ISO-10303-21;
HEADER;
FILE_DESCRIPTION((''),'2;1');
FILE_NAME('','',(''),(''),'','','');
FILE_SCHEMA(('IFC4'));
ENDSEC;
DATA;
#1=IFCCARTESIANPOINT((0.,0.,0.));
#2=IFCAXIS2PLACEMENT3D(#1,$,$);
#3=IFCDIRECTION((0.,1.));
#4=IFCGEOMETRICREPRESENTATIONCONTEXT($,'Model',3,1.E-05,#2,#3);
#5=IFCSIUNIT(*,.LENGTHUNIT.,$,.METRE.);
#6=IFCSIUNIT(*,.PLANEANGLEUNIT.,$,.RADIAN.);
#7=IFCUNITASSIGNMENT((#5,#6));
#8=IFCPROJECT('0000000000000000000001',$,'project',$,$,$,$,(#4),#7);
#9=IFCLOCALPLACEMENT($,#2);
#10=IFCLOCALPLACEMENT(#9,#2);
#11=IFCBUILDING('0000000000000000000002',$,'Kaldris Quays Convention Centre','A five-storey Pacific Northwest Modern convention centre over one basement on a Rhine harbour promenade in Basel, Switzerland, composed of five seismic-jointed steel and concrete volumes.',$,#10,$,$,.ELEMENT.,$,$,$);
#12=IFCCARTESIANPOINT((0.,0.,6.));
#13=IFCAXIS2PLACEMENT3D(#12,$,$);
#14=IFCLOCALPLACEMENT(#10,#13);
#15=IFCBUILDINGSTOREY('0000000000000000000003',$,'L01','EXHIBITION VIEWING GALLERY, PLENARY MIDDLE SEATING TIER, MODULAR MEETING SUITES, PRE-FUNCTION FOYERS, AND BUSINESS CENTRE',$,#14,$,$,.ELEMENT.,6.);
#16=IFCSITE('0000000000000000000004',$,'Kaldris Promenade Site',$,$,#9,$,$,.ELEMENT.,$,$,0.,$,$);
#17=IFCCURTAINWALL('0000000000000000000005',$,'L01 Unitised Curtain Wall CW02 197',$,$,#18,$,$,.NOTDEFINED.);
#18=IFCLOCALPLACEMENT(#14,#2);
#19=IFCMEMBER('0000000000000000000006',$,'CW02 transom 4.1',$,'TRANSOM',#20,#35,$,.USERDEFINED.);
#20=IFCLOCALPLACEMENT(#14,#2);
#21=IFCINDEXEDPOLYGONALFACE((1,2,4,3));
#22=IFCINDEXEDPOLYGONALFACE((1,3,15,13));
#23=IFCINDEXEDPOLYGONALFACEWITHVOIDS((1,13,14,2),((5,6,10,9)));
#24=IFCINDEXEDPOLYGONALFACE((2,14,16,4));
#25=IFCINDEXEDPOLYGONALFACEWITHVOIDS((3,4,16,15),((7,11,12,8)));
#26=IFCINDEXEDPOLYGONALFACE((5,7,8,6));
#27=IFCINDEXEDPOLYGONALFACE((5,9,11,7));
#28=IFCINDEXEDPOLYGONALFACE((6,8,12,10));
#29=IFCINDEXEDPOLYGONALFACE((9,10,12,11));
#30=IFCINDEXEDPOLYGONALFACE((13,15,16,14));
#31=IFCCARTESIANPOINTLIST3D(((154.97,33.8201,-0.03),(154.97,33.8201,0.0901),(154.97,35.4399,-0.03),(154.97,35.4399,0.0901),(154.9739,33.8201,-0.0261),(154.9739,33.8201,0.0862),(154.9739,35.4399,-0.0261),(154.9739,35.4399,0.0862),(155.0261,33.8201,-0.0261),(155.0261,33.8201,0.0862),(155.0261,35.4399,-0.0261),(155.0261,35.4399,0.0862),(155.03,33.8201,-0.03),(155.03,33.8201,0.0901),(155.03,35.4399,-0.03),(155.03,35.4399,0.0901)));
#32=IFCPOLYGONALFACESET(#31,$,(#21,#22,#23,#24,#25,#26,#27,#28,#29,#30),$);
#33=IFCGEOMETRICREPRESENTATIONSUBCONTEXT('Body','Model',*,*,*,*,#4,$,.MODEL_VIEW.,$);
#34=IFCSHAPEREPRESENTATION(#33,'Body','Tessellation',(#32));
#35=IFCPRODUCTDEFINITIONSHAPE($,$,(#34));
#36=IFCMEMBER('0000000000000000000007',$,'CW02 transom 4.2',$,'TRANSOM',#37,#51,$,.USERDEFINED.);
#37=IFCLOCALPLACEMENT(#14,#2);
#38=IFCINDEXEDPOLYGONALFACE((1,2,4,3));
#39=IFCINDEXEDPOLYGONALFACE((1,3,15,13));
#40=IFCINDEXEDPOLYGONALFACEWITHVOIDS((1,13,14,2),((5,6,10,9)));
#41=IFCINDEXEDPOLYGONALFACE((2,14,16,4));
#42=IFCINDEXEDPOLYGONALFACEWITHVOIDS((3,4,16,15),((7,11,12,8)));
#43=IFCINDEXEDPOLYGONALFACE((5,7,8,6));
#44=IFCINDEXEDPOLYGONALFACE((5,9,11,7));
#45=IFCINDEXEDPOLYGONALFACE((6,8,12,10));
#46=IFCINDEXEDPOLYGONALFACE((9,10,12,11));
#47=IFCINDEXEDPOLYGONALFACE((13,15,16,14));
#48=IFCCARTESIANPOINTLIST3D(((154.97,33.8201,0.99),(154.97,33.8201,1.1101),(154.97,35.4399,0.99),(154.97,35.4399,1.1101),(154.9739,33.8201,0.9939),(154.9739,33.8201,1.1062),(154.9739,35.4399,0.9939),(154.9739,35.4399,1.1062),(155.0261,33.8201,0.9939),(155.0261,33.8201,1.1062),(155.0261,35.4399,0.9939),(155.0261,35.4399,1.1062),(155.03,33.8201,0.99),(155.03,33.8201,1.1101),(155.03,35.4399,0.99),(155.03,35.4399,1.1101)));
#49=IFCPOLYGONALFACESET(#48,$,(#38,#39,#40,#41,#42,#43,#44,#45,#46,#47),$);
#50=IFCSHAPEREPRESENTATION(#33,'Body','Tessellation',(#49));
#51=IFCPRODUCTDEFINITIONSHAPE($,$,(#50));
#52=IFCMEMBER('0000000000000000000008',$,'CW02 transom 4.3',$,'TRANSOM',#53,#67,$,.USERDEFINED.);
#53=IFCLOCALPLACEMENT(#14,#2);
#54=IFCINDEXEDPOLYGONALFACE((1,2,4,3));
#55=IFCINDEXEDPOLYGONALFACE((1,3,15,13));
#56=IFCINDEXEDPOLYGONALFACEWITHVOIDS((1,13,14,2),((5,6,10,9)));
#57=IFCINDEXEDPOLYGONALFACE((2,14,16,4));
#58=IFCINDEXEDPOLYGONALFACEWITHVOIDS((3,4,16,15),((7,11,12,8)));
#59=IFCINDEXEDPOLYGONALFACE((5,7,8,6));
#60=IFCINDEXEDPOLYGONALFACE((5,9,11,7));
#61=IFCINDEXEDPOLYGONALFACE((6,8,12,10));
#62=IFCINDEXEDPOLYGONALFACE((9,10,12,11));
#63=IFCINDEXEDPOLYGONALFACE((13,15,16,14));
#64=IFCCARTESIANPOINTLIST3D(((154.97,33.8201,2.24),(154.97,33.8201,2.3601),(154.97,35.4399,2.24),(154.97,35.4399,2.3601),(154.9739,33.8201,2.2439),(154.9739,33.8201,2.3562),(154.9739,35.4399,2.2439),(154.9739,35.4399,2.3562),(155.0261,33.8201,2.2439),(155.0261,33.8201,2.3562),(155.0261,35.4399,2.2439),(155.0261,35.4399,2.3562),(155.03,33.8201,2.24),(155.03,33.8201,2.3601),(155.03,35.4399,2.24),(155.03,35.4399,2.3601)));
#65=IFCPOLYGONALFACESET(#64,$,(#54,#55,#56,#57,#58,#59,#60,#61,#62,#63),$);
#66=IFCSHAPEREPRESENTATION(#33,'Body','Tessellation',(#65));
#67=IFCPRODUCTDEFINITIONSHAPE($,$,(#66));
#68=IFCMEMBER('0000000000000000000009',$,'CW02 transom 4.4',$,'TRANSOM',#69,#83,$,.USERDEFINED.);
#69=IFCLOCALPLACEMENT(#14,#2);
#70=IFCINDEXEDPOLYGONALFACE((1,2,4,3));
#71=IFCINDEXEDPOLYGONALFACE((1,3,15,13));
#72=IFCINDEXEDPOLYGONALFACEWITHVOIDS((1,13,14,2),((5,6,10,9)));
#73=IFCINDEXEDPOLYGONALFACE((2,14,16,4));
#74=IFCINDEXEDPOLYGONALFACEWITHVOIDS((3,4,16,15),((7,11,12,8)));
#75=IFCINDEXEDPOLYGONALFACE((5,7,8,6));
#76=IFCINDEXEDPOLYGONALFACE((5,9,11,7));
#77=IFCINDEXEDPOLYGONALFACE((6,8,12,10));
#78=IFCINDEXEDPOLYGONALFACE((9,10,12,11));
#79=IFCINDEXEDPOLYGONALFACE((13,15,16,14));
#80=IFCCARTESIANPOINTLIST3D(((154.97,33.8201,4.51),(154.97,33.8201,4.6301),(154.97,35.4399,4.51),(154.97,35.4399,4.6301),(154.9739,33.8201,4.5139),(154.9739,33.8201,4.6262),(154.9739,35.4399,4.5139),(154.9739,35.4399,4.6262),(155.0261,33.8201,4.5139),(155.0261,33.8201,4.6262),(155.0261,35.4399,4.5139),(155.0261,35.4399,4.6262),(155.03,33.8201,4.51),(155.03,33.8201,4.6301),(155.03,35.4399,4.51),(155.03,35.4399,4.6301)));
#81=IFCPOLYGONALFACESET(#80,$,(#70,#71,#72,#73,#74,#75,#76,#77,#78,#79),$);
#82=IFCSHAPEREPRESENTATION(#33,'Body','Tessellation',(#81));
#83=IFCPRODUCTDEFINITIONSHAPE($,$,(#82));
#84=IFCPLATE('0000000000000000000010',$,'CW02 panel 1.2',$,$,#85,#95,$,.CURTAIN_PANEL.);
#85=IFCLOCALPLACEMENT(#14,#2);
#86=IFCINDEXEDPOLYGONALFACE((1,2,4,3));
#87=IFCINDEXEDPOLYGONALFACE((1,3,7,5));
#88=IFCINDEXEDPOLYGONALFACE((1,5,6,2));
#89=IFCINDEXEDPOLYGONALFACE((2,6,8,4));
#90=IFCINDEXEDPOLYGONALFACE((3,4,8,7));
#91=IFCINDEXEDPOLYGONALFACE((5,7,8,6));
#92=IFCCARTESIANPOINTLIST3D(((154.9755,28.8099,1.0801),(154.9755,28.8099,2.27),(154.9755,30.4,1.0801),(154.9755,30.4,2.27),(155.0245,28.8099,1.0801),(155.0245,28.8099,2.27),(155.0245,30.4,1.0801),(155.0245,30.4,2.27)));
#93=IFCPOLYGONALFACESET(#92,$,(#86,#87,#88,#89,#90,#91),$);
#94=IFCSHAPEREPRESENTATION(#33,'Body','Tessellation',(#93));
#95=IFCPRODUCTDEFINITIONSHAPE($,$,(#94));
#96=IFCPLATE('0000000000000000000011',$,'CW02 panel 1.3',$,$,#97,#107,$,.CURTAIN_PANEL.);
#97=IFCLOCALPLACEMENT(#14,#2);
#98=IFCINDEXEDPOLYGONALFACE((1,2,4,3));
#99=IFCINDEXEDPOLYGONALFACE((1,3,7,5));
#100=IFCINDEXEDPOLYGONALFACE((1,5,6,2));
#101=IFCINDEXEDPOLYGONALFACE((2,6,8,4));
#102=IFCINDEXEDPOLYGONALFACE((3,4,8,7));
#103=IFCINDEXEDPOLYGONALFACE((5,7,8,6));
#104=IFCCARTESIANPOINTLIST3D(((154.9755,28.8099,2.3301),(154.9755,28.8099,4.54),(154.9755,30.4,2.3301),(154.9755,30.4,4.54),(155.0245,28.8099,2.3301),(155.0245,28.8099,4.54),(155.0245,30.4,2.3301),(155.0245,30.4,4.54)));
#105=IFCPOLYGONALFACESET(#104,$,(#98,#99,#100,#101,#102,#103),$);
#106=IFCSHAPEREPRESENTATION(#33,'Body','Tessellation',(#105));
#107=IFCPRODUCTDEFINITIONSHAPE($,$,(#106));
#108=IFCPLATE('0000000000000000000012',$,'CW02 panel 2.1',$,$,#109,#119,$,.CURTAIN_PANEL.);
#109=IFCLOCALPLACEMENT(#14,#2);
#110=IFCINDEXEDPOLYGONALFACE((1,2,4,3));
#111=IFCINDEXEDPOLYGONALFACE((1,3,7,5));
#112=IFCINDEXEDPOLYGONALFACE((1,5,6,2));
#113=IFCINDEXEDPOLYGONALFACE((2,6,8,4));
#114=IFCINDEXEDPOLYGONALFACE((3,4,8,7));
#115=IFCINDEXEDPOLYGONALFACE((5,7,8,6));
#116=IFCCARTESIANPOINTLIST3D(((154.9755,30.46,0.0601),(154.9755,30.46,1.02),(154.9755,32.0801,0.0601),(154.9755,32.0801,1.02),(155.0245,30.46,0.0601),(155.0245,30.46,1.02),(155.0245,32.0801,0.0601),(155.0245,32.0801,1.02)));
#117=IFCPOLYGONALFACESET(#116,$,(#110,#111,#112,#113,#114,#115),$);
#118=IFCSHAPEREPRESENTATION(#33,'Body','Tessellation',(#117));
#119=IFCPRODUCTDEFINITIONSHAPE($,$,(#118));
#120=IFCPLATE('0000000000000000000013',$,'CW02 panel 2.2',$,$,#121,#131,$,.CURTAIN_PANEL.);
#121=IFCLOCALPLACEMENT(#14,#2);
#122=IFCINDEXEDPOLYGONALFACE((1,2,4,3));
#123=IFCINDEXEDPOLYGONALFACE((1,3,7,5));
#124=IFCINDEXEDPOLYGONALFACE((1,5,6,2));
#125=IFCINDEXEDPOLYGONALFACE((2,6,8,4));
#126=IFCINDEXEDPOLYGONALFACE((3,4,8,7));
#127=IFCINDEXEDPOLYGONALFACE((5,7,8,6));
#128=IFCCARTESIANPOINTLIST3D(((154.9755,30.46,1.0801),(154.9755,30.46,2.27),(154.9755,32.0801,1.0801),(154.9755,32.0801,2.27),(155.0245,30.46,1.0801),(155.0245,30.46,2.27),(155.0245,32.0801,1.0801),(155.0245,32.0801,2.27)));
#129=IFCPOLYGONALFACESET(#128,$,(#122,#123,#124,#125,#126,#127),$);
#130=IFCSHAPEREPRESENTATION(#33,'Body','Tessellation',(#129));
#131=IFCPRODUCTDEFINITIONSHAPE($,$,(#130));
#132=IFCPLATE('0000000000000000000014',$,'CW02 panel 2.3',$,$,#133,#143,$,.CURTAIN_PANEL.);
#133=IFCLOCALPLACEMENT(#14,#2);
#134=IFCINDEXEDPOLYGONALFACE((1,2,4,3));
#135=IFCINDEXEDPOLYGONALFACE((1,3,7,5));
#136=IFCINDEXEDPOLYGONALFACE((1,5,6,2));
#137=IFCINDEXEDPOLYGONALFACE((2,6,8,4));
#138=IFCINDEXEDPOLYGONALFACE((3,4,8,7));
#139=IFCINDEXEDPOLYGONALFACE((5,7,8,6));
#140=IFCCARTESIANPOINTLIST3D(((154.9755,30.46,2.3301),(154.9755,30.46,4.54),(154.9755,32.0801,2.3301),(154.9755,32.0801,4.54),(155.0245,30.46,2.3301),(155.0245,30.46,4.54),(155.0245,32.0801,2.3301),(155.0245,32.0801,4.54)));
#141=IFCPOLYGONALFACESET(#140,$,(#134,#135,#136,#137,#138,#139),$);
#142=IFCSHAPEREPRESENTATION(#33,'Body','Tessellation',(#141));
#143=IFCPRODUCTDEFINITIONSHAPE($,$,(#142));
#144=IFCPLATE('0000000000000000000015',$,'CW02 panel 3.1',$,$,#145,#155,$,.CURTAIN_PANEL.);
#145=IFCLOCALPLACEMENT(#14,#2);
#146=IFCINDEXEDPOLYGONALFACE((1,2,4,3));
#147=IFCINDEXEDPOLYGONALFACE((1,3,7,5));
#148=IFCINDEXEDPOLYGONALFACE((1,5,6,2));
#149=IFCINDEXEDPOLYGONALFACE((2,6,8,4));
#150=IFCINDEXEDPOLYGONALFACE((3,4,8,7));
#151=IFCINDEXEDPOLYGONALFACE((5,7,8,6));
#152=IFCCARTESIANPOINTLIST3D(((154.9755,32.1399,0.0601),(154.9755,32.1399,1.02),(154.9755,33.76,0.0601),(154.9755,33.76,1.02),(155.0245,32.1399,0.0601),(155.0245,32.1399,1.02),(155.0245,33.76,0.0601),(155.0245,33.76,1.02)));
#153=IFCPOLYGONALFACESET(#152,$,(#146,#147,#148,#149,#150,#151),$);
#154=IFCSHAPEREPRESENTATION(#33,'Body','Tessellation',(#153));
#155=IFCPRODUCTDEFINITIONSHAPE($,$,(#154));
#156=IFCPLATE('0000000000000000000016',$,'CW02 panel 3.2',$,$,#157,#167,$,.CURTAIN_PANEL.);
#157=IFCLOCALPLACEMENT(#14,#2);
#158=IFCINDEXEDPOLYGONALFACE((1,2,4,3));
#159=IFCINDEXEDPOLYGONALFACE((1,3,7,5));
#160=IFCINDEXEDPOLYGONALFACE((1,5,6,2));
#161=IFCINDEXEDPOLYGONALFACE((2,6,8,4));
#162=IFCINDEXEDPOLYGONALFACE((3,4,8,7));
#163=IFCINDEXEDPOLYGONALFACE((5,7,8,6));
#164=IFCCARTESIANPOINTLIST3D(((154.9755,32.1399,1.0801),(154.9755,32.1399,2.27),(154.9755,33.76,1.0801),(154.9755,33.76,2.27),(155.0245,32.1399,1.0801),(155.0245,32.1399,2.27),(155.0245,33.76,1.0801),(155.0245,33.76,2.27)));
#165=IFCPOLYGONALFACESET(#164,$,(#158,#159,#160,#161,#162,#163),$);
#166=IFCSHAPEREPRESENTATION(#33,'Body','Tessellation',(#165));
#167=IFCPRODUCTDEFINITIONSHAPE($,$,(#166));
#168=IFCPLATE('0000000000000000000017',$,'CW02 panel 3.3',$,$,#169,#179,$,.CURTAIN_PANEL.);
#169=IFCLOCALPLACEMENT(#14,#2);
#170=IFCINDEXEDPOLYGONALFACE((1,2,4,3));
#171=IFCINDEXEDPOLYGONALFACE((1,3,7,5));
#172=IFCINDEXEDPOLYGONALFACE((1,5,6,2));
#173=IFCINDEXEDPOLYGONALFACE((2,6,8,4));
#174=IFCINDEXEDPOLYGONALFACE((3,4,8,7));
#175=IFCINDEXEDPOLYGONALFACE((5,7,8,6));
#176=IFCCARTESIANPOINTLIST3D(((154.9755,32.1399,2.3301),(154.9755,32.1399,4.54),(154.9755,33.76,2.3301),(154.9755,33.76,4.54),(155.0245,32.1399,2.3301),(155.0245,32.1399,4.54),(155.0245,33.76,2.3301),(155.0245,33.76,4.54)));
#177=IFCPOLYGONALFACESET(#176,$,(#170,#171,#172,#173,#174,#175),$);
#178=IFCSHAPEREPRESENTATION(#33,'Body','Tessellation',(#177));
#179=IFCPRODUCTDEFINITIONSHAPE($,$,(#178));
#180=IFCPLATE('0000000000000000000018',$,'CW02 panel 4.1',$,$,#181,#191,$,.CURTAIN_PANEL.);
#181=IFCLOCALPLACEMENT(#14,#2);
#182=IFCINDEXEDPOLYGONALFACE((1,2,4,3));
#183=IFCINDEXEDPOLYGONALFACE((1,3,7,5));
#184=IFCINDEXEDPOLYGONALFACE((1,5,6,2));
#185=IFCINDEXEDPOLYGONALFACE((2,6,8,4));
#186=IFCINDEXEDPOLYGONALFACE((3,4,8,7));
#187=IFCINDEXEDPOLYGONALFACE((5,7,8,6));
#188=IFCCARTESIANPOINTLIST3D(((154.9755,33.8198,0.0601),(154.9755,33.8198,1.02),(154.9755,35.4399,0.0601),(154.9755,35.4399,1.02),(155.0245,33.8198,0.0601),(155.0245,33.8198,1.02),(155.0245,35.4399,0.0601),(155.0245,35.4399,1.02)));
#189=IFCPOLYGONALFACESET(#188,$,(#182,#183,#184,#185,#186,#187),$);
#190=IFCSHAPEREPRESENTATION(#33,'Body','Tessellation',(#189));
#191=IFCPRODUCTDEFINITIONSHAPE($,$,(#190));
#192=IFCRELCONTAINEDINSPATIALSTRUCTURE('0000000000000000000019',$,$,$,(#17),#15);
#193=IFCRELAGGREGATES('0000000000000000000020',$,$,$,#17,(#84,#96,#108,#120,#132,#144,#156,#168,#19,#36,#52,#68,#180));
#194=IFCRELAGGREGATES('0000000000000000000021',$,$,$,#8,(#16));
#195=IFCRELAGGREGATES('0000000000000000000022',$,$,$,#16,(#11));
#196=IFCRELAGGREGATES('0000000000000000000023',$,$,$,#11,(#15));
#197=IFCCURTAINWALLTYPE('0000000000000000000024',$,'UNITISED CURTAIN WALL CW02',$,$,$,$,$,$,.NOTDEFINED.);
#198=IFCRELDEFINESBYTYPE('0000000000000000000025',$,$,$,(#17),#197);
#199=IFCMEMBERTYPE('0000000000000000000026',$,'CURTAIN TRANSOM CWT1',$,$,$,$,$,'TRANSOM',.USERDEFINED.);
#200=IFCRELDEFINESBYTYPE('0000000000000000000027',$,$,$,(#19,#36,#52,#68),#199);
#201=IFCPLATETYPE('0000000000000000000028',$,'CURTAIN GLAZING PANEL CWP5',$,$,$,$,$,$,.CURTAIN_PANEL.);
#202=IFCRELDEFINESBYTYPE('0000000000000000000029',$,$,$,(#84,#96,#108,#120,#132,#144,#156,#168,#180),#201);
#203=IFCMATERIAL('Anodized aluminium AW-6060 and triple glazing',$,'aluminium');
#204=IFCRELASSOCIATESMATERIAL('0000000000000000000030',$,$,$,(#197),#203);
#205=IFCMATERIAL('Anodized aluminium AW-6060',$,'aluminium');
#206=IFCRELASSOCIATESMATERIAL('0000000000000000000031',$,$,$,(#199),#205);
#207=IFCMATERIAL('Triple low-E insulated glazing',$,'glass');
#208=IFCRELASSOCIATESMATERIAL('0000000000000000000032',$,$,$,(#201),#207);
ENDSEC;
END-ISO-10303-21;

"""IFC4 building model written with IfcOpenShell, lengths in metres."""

from ifc_helpers import new_model, si_unit, direction, frame, origin, origin_2d, place, context, subcontext, project, spatial, rectangle, hollow_rectangle, extrude, material, material_profile, profile_set, type_object, element, aggregate, save


model = new_model("IFC4")

# Units and contexts
model_context = context("Model", 3, precision=1e-05, world=origin(), true_north=direction((0.0, 1.0)))
body_context = subcontext(model_context, "Body", "Model", "MODEL_VIEW")
ifc_project = project(units=[si_unit("LENGTHUNIT", "METRE"), si_unit("PLANEANGLEUNIT", "RADIAN")], contexts=[model_context])

# Site, building, storey
site_placement = place(None, origin())
site = spatial("IfcSite", under=ifc_project, at=site_placement, Name="Kaldris Promenade Site", CompositionType="ELEMENT", RefElevation=0.0)
building_placement = place(site_placement, origin())
building = spatial("IfcBuilding", under=site, at=building_placement, Name="Kaldris Quays Convention Centre", Description="A five-storey Pacific Northwest Modern convention centre over one basement on a Rhine harbour promenade in Basel, Switzerland, composed of five seismic-jointed steel and concrete volumes.", CompositionType="ELEMENT")
storey_placement = place(building_placement, frame((0.0, 0.0, 6.0)))
storey = spatial("IfcBuildingStorey", under=building, at=storey_placement, Name="L01", Description="EXHIBITION VIEWING GALLERY, PLENARY MIDDLE SEATING TIER, MODULAR MEETING SUITES, PRE-FUNCTION FOYERS, AND BUSINESS CENTRE", CompositionType="ELEMENT", Elevation=6.0)

# Curtain wall, members, plates
ifc_material_1 = material(Name="Anodized aluminium AW-6060 and triple glazing", Category="aluminium")
curtain_wall_type = type_object("IfcCurtainWallType", Name="UNITISED CURTAIN WALL CW02", PredefinedType="NOTDEFINED", material=ifc_material_1)
curtain_wall_placement = place(storey_placement, origin())
curtain_wall = element("IfcCurtainWall", 1, at=curtain_wall_placement, inside=storey, type_object=curtain_wall_type, Name="L01 Unitised Curtain Wall CW02 197", PredefinedType="NOTDEFINED")
ifc_material_2 = material(Name="Anodized aluminium AW-6060", Category="aluminium")
ifc_material_profile_1 = material_profile(ifc_material_2, hollow_rectangle(XDim=0.0601, YDim=0.1201, WallThickness=0.0039, at=origin_2d()), Name="RHS 120x60x4")
ifc_profile_set_1 = profile_set([ifc_material_profile_1], Name="Anodized aluminium AW-6060")
member_type_1 = type_object("IfcMemberType", Name="CURTAIN TRANSOM CWT1", ElementType="TRANSOM", PredefinedType="USERDEFINED", material=ifc_profile_set_1)
member_1_placement = place(storey_placement, frame((155.0, 33.8201, 0.03), z_axis=(0.0, 1.0, 0.0), x_axis=(-1.0, 0.0, 0.0)))
member_1 = element("IfcMember", 2, at=member_1_placement, type_object=member_type_1, Name="CW02 transom 4.1", ObjectType="TRANSOM", PredefinedType="USERDEFINED", context=body_context, shape_type="SweptSolid", body=[
    extrude(hollow_rectangle(XDim=0.0601, YDim=0.1201, WallThickness=0.0039, at=origin_2d()), origin(), (0.0, 0.0, 1.0), 1.6199),
])
member_2_placement = place(storey_placement, frame((155.0, 33.8201, 1.05), z_axis=(0.0, 1.0, 0.0), x_axis=(-1.0, 0.0, 0.0)))
member_2 = element("IfcMember", 3, at=member_2_placement, type_object=member_type_1, Name="CW02 transom 4.2", ObjectType="TRANSOM", PredefinedType="USERDEFINED", context=body_context, shape_type="SweptSolid", body=[
    extrude(hollow_rectangle(XDim=0.0601, YDim=0.1201, WallThickness=0.0039, at=origin_2d()), origin(), (0.0, 0.0, 1.0), 1.6199),
])
member_3_placement = place(storey_placement, frame((155.0, 33.8201, 2.3), z_axis=(0.0, 1.0, 0.0), x_axis=(-1.0, 0.0, 0.0)))
member_3 = element("IfcMember", 4, at=member_3_placement, type_object=member_type_1, Name="CW02 transom 4.3", ObjectType="TRANSOM", PredefinedType="USERDEFINED", context=body_context, shape_type="SweptSolid", body=[
    extrude(hollow_rectangle(XDim=0.0601, YDim=0.1201, WallThickness=0.0039, at=origin_2d()), origin(), (0.0, 0.0, 1.0), 1.6199),
])
member_4_placement = place(storey_placement, frame((155.0, 33.8201, 4.5701), z_axis=(0.0, 1.0, 0.0), x_axis=(-1.0, 0.0, 0.0)))
member_4 = element("IfcMember", 5, at=member_4_placement, type_object=member_type_1, Name="CW02 transom 4.4", ObjectType="TRANSOM", PredefinedType="USERDEFINED", context=body_context, shape_type="SweptSolid", body=[
    extrude(hollow_rectangle(XDim=0.0601, YDim=0.1201, WallThickness=0.0039, at=origin_2d()), origin(), (0.0, 0.0, 1.0), 1.6199),
])
ifc_material_3 = material(Name="Triple low-E insulated glazing", Category="glass")
plate_type = type_object("IfcPlateType", Name="CURTAIN GLAZING PANEL CWP5", PredefinedType="CURTAIN_PANEL", material=ifc_material_3)
plate_1_placement = place(storey_placement, frame((155.0, 29.605, 1.0801), z_axis=(0.0, 0.0, 1.0), x_axis=(0.0, 1.0, 0.0)))
plate_1 = element("IfcPlate", 6, at=plate_1_placement, type_object=plate_type, Name="CW02 panel 1.2", PredefinedType="CURTAIN_PANEL", context=body_context, shape_type="SweptSolid", body=[
    extrude(rectangle(XDim=1.5901, YDim=0.0491, at=origin_2d()), origin(), (0.0, 0.0, 1.0), 1.1899),
])
plate_2_placement = place(storey_placement, frame((155.0, 29.605, 2.3301), z_axis=(0.0, 0.0, 1.0), x_axis=(0.0, 1.0, 0.0)))
plate_2 = element("IfcPlate", 7, at=plate_2_placement, type_object=plate_type, Name="CW02 panel 1.3", PredefinedType="CURTAIN_PANEL", context=body_context, shape_type="SweptSolid", body=[
    extrude(rectangle(XDim=1.5901, YDim=0.0491, at=origin_2d()), origin(), (0.0, 0.0, 1.0), 2.21),
])
plate_3_placement = place(storey_placement, frame((155.0, 31.27, 0.0601), z_axis=(0.0, 0.0, 1.0), x_axis=(0.0, 1.0, 0.0)))
plate_3 = element("IfcPlate", 8, at=plate_3_placement, type_object=plate_type, Name="CW02 panel 2.1", PredefinedType="CURTAIN_PANEL", context=body_context, shape_type="SweptSolid", body=[
    extrude(rectangle(XDim=1.6201, YDim=0.0491, at=origin_2d()), origin(), (0.0, 0.0, 1.0), 0.96),
])
plate_4_placement = place(storey_placement, frame((155.0, 31.27, 1.0801), z_axis=(0.0, 0.0, 1.0), x_axis=(0.0, 1.0, 0.0)))
plate_4 = element("IfcPlate", 9, at=plate_4_placement, type_object=plate_type, Name="CW02 panel 2.2", PredefinedType="CURTAIN_PANEL", context=body_context, shape_type="SweptSolid", body=[
    extrude(rectangle(XDim=1.6201, YDim=0.0491, at=origin_2d()), origin(), (0.0, 0.0, 1.0), 1.1899),
])
plate_5_placement = place(storey_placement, frame((155.0, 31.27, 2.3301), z_axis=(0.0, 0.0, 1.0), x_axis=(0.0, 1.0, 0.0)))
plate_5 = element("IfcPlate", 10, at=plate_5_placement, type_object=plate_type, Name="CW02 panel 2.3", PredefinedType="CURTAIN_PANEL", context=body_context, shape_type="SweptSolid", body=[
    extrude(rectangle(XDim=1.6201, YDim=0.0491, at=origin_2d()), origin(), (0.0, 0.0, 1.0), 2.21),
])
plate_6_placement = place(storey_placement, frame((155.0, 32.95, 0.0601), z_axis=(0.0, 0.0, 1.0), x_axis=(0.0, 1.0, 0.0)))
plate_6 = element("IfcPlate", 11, at=plate_6_placement, type_object=plate_type, Name="CW02 panel 3.1", PredefinedType="CURTAIN_PANEL", context=body_context, shape_type="SweptSolid", body=[
    extrude(rectangle(XDim=1.6201, YDim=0.0491, at=origin_2d()), origin(), (0.0, 0.0, 1.0), 0.96),
])
plate_7_placement = place(storey_placement, frame((155.0, 32.95, 1.0801), z_axis=(0.0, 0.0, 1.0), x_axis=(0.0, 1.0, 0.0)))
plate_7 = element("IfcPlate", 12, at=plate_7_placement, type_object=plate_type, Name="CW02 panel 3.2", PredefinedType="CURTAIN_PANEL", context=body_context, shape_type="SweptSolid", body=[
    extrude(rectangle(XDim=1.6201, YDim=0.0491, at=origin_2d()), origin(), (0.0, 0.0, 1.0), 1.1899),
])
plate_8_placement = place(storey_placement, frame((155.0, 32.95, 2.3301), z_axis=(0.0, 0.0, 1.0), x_axis=(0.0, 1.0, 0.0)))
plate_8 = element("IfcPlate", 13, at=plate_8_placement, type_object=plate_type, Name="CW02 panel 3.3", PredefinedType="CURTAIN_PANEL", context=body_context, shape_type="SweptSolid", body=[
    extrude(rectangle(XDim=1.6201, YDim=0.0491, at=origin_2d()), origin(), (0.0, 0.0, 1.0), 2.21),
])
plate_9_placement = place(storey_placement, frame((155.0, 34.6299, 0.0601), z_axis=(0.0, 0.0, 1.0), x_axis=(0.0, 1.0, 0.0)))
plate_9 = element("IfcPlate", 14, at=plate_9_placement, type_object=plate_type, Name="CW02 panel 4.1", PredefinedType="CURTAIN_PANEL", context=body_context, shape_type="SweptSolid", body=[
    extrude(rectangle(XDim=1.6201, YDim=0.0491, at=origin_2d()), origin(), (0.0, 0.0, 1.0), 0.96),
])
aggregate(curtain_wall, [plate_1, plate_2, plate_3, plate_4, plate_5, plate_6, plate_7, plate_8, member_1, member_2, member_3, member_4, plate_9])

save(model, "model.ifc")
